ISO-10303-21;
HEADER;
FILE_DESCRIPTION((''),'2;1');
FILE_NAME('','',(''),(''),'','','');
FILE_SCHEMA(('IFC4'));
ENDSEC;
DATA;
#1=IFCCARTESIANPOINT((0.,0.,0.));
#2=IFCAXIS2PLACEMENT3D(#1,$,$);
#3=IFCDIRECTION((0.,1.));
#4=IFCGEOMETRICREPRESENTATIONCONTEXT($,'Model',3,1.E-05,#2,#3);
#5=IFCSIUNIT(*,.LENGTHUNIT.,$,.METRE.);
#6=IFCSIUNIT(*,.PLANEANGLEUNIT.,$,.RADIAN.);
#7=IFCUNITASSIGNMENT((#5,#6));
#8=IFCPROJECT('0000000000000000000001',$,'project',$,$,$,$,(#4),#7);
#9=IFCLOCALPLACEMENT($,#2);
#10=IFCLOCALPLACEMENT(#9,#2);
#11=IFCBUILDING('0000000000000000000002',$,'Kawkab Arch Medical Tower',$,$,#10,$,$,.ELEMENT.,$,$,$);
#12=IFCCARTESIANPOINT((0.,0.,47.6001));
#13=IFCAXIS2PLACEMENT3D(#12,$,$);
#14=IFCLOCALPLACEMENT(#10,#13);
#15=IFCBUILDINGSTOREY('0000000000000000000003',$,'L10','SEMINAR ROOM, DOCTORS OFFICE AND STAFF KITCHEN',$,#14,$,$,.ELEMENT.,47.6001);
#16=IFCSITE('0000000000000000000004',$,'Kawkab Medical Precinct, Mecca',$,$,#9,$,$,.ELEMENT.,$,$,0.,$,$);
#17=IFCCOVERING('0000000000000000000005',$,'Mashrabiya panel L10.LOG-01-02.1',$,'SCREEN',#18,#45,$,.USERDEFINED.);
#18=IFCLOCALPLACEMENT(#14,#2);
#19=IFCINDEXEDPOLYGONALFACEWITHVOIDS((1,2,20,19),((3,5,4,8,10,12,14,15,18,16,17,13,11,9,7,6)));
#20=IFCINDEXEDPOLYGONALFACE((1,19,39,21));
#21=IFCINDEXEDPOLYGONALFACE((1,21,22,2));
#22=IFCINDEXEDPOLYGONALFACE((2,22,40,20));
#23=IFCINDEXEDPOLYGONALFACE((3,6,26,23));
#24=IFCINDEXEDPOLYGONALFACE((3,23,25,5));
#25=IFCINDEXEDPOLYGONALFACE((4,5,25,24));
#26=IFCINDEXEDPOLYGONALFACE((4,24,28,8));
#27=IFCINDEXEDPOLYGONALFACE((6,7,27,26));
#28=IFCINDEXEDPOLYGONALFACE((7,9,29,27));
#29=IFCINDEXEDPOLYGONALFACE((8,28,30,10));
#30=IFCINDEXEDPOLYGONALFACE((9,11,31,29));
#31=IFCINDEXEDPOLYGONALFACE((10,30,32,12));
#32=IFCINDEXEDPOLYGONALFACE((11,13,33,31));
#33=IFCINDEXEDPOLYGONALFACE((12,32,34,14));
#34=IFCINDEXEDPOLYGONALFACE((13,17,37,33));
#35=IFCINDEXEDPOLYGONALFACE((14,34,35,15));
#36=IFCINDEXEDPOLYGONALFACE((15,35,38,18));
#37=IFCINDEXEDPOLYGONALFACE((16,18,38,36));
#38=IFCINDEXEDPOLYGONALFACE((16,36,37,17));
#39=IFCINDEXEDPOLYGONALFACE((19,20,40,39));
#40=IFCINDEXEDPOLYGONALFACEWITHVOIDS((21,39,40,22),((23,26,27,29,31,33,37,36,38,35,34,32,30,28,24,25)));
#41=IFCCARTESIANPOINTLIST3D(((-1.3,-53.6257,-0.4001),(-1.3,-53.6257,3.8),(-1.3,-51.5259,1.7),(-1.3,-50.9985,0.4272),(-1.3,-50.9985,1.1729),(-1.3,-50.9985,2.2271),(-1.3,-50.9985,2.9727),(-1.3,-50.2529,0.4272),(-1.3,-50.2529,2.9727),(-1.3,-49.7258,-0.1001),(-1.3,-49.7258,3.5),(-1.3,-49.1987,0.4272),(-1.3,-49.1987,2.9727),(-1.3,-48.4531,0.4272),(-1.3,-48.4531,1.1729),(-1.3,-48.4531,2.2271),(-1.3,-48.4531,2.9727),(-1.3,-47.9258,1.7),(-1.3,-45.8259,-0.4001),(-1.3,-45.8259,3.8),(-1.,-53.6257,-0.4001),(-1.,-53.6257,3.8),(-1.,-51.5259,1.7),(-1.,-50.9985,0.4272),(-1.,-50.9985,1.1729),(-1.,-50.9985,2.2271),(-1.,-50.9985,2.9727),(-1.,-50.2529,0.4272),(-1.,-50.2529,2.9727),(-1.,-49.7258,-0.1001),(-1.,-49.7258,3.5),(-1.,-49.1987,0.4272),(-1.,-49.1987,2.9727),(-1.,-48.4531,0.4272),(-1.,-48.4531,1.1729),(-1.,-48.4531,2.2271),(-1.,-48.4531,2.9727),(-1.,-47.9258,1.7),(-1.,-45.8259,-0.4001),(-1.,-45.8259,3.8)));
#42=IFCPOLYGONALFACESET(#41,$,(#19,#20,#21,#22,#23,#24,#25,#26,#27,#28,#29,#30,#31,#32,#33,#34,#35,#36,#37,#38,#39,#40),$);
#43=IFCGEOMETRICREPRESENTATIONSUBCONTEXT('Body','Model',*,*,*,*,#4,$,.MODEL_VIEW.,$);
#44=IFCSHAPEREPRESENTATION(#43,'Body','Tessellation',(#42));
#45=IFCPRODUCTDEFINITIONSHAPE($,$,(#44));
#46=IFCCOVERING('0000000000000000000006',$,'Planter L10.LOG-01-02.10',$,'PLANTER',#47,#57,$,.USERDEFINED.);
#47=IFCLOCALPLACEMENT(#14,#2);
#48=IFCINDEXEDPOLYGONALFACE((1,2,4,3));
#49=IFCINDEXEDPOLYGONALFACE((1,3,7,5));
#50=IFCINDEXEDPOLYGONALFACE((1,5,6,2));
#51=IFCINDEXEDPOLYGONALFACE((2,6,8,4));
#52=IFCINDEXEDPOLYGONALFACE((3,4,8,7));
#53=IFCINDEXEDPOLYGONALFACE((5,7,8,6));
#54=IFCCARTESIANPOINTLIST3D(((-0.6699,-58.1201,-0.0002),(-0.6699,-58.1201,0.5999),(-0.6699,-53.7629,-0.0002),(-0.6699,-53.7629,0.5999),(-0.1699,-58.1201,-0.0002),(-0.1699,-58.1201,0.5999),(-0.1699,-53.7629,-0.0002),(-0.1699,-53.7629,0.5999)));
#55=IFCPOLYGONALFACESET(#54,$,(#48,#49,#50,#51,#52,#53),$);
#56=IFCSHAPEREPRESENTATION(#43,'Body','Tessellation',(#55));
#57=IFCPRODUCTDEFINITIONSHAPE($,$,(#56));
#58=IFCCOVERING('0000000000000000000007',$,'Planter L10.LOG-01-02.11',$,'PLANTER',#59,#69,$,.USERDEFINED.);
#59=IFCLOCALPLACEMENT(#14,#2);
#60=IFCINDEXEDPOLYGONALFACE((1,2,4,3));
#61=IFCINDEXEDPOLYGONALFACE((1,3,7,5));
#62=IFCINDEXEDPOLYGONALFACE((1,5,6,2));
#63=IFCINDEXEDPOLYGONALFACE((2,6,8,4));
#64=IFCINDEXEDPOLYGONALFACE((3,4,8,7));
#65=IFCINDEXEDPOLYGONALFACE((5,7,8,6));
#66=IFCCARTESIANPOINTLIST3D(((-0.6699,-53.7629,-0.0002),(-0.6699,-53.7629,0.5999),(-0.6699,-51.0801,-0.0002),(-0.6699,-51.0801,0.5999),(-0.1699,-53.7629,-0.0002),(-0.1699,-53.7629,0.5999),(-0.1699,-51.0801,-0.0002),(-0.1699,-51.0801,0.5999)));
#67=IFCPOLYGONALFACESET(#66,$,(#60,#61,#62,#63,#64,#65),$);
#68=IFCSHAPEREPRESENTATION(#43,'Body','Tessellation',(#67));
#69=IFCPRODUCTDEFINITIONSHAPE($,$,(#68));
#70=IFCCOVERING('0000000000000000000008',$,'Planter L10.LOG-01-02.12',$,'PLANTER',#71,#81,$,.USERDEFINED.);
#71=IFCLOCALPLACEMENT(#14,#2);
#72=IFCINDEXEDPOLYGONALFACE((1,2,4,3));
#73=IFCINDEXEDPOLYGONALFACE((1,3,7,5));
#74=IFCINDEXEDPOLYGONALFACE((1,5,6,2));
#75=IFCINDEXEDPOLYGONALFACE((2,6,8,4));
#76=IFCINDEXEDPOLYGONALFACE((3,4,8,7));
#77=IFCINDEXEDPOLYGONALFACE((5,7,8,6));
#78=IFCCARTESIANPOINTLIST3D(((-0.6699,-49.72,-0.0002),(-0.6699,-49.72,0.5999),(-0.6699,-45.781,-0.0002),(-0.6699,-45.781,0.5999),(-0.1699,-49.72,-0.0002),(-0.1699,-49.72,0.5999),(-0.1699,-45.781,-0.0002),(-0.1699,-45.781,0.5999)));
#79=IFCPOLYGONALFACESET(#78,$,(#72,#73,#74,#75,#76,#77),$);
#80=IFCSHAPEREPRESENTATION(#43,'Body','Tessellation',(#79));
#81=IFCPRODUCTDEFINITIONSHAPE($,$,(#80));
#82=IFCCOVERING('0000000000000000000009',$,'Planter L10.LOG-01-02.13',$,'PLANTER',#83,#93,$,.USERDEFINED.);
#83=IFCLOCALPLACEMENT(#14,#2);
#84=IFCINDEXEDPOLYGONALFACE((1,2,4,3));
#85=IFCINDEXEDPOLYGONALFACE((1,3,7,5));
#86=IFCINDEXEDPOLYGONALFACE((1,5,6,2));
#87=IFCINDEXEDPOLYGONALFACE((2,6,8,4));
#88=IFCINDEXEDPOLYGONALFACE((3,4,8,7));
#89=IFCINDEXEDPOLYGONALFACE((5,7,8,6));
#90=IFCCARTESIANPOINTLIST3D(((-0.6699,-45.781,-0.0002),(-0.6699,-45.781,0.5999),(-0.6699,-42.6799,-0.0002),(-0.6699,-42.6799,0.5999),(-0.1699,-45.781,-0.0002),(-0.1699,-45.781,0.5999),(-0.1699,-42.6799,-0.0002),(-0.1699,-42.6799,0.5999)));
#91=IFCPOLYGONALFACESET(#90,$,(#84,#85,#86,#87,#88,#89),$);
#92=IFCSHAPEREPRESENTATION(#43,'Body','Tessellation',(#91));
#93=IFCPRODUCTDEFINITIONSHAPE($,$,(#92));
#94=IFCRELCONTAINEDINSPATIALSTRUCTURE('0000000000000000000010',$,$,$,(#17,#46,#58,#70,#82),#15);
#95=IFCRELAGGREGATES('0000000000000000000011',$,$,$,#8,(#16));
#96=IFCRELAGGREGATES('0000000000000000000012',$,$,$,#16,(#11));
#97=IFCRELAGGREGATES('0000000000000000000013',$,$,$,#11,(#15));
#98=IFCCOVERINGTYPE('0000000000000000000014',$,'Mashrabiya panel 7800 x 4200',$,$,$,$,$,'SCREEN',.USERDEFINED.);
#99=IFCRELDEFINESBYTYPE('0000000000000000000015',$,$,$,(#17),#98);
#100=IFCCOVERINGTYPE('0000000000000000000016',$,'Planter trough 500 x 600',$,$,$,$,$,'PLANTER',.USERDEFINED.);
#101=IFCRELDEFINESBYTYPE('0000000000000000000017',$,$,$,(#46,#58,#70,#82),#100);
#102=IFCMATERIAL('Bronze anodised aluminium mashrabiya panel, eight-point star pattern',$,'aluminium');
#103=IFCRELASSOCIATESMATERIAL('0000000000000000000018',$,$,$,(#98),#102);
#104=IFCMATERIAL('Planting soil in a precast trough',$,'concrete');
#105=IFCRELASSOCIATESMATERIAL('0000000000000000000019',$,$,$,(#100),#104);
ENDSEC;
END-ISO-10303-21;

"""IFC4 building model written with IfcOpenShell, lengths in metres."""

from ifc_helpers import new_model, si_unit, direction, frame, origin, origin_2d, place, context, subcontext, project, spatial, polyline, rectangle, outline, extrude, material, material_profile, profile_set, type_object, element, save


model = new_model("IFC4")

# Units and contexts
model_context = context("Model", 3, precision=1e-05, world=origin(), true_north=direction((0.0, 1.0)))
body_context = subcontext(model_context, "Body", "Model", "MODEL_VIEW")
ifc_project = project(units=[si_unit("LENGTHUNIT", "METRE"), si_unit("PLANEANGLEUNIT", "RADIAN")], contexts=[model_context])

# Site, building, storey
site_placement = place(None, origin())
site = spatial("IfcSite", under=ifc_project, at=site_placement, Name="Kawkab Medical Precinct, Mecca", CompositionType="ELEMENT", RefElevation=0.0)
building_placement = place(site_placement, origin())
building = spatial("IfcBuilding", under=site, at=building_placement, Name="Kawkab Arch Medical Tower", CompositionType="ELEMENT")
storey_placement = place(building_placement, frame((0.0, 0.0, 47.6001)))
storey = spatial("IfcBuildingStorey", under=building, at=storey_placement, Name="L10", Description="SEMINAR ROOM, DOCTORS OFFICE AND STAFF KITCHEN", CompositionType="ELEMENT", Elevation=47.6001)

# Coverings
ifc_material_1 = material(Name="Bronze anodised aluminium mashrabiya panel, eight-point star pattern", Category="aluminium")
ifc_material_profile_1 = material_profile(ifc_material_1, outline(polyline([(-3.8999, -2.1001), (3.8999, -2.1001), (3.8999, 2.1001), (-3.8999, 2.1001), (-3.8999, -2.1001)]), holes=[polyline([(1.8, 0.0), (1.2727, 0.5271), (1.2727, 1.2727), (0.5271, 1.2727), (0.0, 1.8), (-0.5271, 1.2727), (-1.2727, 1.2727), (-1.2727, 0.5271), (-1.8, 0.0), (-1.2727, -0.5271), (-1.2727, -1.2727), (-0.5271, -1.2727), (0.0, -1.8), (0.5271, -1.2727), (1.2727, -1.2727), (1.2727, -0.5271), (1.8, 0.0)])]), Name="Mashrabiya panel 7800x4200")
ifc_profile_set_1 = profile_set([ifc_material_profile_1], Name="Bronze anodised aluminium mashrabiya panel, eight-point star pattern")
covering_type_1 = type_object("IfcCoveringType", Name="Mashrabiya panel 7800 x 4200", ElementType="SCREEN", PredefinedType="USERDEFINED", material=ifc_profile_set_1)
covering_1_placement = place(storey_placement, frame((-1.0, -49.7258, 1.7), z_axis=(-1.0, 0.0, 0.0), x_axis=(0.0, -1.0, 0.0)))
element("IfcCovering", 1, at=covering_1_placement, inside=storey, type_object=covering_type_1, Name="Mashrabiya panel L10.LOG-01-02.1", ObjectType="SCREEN", PredefinedType="USERDEFINED", context=body_context, shape_type="SweptSolid", body=[
    extrude(outline(polyline([(-3.8999, -2.1001), (3.8999, -2.1001), (3.8999, 2.1001), (-3.8999, 2.1001), (-3.8999, -2.1001)]), holes=[polyline([(1.8, 0.0), (1.2727, 0.5271), (1.2727, 1.2727), (0.5271, 1.2727), (0.0, 1.8), (-0.5271, 1.2727), (-1.2727, 1.2727), (-1.2727, 0.5271), (-1.8, 0.0), (-1.2727, -0.5271), (-1.2727, -1.2727), (-0.5271, -1.2727), (0.0, -1.8), (0.5271, -1.2727), (1.2727, -1.2727), (1.2727, -0.5271), (1.8, 0.0)])]), origin(), (0.0, 0.0, 1.0), 0.3),
])
ifc_material_2 = material(Name="Planting soil in a precast trough", Category="concrete")
ifc_material_profile_2 = material_profile(ifc_material_2, rectangle(XDim=0.5, YDim=0.6001, at=origin_2d()), Name="Trough 500x600")
ifc_profile_set_2 = profile_set([ifc_material_profile_2], Name="Planting soil in a precast trough")
covering_type_2 = type_object("IfcCoveringType", Name="Planter trough 500 x 600", ElementType="PLANTER", PredefinedType="USERDEFINED", material=ifc_profile_set_2)
covering_2_placement = place(storey_placement, frame((-0.4199, -58.1201, 0.2998), z_axis=(0.0, 1.0, 0.0), x_axis=(-1.0, 0.0, 0.0)))
element("IfcCovering", 2, at=covering_2_placement, inside=storey, type_object=covering_type_2, Name="Planter L10.LOG-01-02.10", ObjectType="PLANTER", PredefinedType="USERDEFINED", context=body_context, shape_type="SweptSolid", body=[
    extrude(rectangle(XDim=0.5, YDim=0.6001, at=origin_2d()), origin(), (0.0, 0.0, 1.0), 4.3572),
])
covering_3_placement = place(storey_placement, frame((-0.4199, -53.7629, 0.2998), z_axis=(0.0, 1.0, 0.0), x_axis=(-1.0, 0.0, 0.0)))
element("IfcCovering", 3, at=covering_3_placement, inside=storey, type_object=covering_type_2, Name="Planter L10.LOG-01-02.11", ObjectType="PLANTER", PredefinedType="USERDEFINED", context=body_context, shape_type="SweptSolid", body=[
    extrude(rectangle(XDim=0.5, YDim=0.6001, at=origin_2d()), origin(), (0.0, 0.0, 1.0), 2.6829),
])
covering_4_placement = place(storey_placement, frame((-0.4199, -49.72, 0.2998), z_axis=(0.0, 1.0, 0.0), x_axis=(-1.0, 0.0, 0.0)))
element("IfcCovering", 4, at=covering_4_placement, inside=storey, type_object=covering_type_2, Name="Planter L10.LOG-01-02.12", ObjectType="PLANTER", PredefinedType="USERDEFINED", context=body_context, shape_type="SweptSolid", body=[
    extrude(rectangle(XDim=0.5, YDim=0.6001, at=origin_2d()), origin(), (0.0, 0.0, 1.0), 3.939),
])
covering_5_placement = place(storey_placement, frame((-0.4199, -45.781, 0.2998), z_axis=(0.0, 1.0, 0.0), x_axis=(-1.0, 0.0, 0.0)))
element("IfcCovering", 5, at=covering_5_placement, inside=storey, type_object=covering_type_2, Name="Planter L10.LOG-01-02.13", ObjectType="PLANTER", PredefinedType="USERDEFINED", context=body_context, shape_type="SweptSolid", body=[
    extrude(rectangle(XDim=0.5, YDim=0.6001, at=origin_2d()), origin(), (0.0, 0.0, 1.0), 3.1011),
])

save(model, "model.ifc")
